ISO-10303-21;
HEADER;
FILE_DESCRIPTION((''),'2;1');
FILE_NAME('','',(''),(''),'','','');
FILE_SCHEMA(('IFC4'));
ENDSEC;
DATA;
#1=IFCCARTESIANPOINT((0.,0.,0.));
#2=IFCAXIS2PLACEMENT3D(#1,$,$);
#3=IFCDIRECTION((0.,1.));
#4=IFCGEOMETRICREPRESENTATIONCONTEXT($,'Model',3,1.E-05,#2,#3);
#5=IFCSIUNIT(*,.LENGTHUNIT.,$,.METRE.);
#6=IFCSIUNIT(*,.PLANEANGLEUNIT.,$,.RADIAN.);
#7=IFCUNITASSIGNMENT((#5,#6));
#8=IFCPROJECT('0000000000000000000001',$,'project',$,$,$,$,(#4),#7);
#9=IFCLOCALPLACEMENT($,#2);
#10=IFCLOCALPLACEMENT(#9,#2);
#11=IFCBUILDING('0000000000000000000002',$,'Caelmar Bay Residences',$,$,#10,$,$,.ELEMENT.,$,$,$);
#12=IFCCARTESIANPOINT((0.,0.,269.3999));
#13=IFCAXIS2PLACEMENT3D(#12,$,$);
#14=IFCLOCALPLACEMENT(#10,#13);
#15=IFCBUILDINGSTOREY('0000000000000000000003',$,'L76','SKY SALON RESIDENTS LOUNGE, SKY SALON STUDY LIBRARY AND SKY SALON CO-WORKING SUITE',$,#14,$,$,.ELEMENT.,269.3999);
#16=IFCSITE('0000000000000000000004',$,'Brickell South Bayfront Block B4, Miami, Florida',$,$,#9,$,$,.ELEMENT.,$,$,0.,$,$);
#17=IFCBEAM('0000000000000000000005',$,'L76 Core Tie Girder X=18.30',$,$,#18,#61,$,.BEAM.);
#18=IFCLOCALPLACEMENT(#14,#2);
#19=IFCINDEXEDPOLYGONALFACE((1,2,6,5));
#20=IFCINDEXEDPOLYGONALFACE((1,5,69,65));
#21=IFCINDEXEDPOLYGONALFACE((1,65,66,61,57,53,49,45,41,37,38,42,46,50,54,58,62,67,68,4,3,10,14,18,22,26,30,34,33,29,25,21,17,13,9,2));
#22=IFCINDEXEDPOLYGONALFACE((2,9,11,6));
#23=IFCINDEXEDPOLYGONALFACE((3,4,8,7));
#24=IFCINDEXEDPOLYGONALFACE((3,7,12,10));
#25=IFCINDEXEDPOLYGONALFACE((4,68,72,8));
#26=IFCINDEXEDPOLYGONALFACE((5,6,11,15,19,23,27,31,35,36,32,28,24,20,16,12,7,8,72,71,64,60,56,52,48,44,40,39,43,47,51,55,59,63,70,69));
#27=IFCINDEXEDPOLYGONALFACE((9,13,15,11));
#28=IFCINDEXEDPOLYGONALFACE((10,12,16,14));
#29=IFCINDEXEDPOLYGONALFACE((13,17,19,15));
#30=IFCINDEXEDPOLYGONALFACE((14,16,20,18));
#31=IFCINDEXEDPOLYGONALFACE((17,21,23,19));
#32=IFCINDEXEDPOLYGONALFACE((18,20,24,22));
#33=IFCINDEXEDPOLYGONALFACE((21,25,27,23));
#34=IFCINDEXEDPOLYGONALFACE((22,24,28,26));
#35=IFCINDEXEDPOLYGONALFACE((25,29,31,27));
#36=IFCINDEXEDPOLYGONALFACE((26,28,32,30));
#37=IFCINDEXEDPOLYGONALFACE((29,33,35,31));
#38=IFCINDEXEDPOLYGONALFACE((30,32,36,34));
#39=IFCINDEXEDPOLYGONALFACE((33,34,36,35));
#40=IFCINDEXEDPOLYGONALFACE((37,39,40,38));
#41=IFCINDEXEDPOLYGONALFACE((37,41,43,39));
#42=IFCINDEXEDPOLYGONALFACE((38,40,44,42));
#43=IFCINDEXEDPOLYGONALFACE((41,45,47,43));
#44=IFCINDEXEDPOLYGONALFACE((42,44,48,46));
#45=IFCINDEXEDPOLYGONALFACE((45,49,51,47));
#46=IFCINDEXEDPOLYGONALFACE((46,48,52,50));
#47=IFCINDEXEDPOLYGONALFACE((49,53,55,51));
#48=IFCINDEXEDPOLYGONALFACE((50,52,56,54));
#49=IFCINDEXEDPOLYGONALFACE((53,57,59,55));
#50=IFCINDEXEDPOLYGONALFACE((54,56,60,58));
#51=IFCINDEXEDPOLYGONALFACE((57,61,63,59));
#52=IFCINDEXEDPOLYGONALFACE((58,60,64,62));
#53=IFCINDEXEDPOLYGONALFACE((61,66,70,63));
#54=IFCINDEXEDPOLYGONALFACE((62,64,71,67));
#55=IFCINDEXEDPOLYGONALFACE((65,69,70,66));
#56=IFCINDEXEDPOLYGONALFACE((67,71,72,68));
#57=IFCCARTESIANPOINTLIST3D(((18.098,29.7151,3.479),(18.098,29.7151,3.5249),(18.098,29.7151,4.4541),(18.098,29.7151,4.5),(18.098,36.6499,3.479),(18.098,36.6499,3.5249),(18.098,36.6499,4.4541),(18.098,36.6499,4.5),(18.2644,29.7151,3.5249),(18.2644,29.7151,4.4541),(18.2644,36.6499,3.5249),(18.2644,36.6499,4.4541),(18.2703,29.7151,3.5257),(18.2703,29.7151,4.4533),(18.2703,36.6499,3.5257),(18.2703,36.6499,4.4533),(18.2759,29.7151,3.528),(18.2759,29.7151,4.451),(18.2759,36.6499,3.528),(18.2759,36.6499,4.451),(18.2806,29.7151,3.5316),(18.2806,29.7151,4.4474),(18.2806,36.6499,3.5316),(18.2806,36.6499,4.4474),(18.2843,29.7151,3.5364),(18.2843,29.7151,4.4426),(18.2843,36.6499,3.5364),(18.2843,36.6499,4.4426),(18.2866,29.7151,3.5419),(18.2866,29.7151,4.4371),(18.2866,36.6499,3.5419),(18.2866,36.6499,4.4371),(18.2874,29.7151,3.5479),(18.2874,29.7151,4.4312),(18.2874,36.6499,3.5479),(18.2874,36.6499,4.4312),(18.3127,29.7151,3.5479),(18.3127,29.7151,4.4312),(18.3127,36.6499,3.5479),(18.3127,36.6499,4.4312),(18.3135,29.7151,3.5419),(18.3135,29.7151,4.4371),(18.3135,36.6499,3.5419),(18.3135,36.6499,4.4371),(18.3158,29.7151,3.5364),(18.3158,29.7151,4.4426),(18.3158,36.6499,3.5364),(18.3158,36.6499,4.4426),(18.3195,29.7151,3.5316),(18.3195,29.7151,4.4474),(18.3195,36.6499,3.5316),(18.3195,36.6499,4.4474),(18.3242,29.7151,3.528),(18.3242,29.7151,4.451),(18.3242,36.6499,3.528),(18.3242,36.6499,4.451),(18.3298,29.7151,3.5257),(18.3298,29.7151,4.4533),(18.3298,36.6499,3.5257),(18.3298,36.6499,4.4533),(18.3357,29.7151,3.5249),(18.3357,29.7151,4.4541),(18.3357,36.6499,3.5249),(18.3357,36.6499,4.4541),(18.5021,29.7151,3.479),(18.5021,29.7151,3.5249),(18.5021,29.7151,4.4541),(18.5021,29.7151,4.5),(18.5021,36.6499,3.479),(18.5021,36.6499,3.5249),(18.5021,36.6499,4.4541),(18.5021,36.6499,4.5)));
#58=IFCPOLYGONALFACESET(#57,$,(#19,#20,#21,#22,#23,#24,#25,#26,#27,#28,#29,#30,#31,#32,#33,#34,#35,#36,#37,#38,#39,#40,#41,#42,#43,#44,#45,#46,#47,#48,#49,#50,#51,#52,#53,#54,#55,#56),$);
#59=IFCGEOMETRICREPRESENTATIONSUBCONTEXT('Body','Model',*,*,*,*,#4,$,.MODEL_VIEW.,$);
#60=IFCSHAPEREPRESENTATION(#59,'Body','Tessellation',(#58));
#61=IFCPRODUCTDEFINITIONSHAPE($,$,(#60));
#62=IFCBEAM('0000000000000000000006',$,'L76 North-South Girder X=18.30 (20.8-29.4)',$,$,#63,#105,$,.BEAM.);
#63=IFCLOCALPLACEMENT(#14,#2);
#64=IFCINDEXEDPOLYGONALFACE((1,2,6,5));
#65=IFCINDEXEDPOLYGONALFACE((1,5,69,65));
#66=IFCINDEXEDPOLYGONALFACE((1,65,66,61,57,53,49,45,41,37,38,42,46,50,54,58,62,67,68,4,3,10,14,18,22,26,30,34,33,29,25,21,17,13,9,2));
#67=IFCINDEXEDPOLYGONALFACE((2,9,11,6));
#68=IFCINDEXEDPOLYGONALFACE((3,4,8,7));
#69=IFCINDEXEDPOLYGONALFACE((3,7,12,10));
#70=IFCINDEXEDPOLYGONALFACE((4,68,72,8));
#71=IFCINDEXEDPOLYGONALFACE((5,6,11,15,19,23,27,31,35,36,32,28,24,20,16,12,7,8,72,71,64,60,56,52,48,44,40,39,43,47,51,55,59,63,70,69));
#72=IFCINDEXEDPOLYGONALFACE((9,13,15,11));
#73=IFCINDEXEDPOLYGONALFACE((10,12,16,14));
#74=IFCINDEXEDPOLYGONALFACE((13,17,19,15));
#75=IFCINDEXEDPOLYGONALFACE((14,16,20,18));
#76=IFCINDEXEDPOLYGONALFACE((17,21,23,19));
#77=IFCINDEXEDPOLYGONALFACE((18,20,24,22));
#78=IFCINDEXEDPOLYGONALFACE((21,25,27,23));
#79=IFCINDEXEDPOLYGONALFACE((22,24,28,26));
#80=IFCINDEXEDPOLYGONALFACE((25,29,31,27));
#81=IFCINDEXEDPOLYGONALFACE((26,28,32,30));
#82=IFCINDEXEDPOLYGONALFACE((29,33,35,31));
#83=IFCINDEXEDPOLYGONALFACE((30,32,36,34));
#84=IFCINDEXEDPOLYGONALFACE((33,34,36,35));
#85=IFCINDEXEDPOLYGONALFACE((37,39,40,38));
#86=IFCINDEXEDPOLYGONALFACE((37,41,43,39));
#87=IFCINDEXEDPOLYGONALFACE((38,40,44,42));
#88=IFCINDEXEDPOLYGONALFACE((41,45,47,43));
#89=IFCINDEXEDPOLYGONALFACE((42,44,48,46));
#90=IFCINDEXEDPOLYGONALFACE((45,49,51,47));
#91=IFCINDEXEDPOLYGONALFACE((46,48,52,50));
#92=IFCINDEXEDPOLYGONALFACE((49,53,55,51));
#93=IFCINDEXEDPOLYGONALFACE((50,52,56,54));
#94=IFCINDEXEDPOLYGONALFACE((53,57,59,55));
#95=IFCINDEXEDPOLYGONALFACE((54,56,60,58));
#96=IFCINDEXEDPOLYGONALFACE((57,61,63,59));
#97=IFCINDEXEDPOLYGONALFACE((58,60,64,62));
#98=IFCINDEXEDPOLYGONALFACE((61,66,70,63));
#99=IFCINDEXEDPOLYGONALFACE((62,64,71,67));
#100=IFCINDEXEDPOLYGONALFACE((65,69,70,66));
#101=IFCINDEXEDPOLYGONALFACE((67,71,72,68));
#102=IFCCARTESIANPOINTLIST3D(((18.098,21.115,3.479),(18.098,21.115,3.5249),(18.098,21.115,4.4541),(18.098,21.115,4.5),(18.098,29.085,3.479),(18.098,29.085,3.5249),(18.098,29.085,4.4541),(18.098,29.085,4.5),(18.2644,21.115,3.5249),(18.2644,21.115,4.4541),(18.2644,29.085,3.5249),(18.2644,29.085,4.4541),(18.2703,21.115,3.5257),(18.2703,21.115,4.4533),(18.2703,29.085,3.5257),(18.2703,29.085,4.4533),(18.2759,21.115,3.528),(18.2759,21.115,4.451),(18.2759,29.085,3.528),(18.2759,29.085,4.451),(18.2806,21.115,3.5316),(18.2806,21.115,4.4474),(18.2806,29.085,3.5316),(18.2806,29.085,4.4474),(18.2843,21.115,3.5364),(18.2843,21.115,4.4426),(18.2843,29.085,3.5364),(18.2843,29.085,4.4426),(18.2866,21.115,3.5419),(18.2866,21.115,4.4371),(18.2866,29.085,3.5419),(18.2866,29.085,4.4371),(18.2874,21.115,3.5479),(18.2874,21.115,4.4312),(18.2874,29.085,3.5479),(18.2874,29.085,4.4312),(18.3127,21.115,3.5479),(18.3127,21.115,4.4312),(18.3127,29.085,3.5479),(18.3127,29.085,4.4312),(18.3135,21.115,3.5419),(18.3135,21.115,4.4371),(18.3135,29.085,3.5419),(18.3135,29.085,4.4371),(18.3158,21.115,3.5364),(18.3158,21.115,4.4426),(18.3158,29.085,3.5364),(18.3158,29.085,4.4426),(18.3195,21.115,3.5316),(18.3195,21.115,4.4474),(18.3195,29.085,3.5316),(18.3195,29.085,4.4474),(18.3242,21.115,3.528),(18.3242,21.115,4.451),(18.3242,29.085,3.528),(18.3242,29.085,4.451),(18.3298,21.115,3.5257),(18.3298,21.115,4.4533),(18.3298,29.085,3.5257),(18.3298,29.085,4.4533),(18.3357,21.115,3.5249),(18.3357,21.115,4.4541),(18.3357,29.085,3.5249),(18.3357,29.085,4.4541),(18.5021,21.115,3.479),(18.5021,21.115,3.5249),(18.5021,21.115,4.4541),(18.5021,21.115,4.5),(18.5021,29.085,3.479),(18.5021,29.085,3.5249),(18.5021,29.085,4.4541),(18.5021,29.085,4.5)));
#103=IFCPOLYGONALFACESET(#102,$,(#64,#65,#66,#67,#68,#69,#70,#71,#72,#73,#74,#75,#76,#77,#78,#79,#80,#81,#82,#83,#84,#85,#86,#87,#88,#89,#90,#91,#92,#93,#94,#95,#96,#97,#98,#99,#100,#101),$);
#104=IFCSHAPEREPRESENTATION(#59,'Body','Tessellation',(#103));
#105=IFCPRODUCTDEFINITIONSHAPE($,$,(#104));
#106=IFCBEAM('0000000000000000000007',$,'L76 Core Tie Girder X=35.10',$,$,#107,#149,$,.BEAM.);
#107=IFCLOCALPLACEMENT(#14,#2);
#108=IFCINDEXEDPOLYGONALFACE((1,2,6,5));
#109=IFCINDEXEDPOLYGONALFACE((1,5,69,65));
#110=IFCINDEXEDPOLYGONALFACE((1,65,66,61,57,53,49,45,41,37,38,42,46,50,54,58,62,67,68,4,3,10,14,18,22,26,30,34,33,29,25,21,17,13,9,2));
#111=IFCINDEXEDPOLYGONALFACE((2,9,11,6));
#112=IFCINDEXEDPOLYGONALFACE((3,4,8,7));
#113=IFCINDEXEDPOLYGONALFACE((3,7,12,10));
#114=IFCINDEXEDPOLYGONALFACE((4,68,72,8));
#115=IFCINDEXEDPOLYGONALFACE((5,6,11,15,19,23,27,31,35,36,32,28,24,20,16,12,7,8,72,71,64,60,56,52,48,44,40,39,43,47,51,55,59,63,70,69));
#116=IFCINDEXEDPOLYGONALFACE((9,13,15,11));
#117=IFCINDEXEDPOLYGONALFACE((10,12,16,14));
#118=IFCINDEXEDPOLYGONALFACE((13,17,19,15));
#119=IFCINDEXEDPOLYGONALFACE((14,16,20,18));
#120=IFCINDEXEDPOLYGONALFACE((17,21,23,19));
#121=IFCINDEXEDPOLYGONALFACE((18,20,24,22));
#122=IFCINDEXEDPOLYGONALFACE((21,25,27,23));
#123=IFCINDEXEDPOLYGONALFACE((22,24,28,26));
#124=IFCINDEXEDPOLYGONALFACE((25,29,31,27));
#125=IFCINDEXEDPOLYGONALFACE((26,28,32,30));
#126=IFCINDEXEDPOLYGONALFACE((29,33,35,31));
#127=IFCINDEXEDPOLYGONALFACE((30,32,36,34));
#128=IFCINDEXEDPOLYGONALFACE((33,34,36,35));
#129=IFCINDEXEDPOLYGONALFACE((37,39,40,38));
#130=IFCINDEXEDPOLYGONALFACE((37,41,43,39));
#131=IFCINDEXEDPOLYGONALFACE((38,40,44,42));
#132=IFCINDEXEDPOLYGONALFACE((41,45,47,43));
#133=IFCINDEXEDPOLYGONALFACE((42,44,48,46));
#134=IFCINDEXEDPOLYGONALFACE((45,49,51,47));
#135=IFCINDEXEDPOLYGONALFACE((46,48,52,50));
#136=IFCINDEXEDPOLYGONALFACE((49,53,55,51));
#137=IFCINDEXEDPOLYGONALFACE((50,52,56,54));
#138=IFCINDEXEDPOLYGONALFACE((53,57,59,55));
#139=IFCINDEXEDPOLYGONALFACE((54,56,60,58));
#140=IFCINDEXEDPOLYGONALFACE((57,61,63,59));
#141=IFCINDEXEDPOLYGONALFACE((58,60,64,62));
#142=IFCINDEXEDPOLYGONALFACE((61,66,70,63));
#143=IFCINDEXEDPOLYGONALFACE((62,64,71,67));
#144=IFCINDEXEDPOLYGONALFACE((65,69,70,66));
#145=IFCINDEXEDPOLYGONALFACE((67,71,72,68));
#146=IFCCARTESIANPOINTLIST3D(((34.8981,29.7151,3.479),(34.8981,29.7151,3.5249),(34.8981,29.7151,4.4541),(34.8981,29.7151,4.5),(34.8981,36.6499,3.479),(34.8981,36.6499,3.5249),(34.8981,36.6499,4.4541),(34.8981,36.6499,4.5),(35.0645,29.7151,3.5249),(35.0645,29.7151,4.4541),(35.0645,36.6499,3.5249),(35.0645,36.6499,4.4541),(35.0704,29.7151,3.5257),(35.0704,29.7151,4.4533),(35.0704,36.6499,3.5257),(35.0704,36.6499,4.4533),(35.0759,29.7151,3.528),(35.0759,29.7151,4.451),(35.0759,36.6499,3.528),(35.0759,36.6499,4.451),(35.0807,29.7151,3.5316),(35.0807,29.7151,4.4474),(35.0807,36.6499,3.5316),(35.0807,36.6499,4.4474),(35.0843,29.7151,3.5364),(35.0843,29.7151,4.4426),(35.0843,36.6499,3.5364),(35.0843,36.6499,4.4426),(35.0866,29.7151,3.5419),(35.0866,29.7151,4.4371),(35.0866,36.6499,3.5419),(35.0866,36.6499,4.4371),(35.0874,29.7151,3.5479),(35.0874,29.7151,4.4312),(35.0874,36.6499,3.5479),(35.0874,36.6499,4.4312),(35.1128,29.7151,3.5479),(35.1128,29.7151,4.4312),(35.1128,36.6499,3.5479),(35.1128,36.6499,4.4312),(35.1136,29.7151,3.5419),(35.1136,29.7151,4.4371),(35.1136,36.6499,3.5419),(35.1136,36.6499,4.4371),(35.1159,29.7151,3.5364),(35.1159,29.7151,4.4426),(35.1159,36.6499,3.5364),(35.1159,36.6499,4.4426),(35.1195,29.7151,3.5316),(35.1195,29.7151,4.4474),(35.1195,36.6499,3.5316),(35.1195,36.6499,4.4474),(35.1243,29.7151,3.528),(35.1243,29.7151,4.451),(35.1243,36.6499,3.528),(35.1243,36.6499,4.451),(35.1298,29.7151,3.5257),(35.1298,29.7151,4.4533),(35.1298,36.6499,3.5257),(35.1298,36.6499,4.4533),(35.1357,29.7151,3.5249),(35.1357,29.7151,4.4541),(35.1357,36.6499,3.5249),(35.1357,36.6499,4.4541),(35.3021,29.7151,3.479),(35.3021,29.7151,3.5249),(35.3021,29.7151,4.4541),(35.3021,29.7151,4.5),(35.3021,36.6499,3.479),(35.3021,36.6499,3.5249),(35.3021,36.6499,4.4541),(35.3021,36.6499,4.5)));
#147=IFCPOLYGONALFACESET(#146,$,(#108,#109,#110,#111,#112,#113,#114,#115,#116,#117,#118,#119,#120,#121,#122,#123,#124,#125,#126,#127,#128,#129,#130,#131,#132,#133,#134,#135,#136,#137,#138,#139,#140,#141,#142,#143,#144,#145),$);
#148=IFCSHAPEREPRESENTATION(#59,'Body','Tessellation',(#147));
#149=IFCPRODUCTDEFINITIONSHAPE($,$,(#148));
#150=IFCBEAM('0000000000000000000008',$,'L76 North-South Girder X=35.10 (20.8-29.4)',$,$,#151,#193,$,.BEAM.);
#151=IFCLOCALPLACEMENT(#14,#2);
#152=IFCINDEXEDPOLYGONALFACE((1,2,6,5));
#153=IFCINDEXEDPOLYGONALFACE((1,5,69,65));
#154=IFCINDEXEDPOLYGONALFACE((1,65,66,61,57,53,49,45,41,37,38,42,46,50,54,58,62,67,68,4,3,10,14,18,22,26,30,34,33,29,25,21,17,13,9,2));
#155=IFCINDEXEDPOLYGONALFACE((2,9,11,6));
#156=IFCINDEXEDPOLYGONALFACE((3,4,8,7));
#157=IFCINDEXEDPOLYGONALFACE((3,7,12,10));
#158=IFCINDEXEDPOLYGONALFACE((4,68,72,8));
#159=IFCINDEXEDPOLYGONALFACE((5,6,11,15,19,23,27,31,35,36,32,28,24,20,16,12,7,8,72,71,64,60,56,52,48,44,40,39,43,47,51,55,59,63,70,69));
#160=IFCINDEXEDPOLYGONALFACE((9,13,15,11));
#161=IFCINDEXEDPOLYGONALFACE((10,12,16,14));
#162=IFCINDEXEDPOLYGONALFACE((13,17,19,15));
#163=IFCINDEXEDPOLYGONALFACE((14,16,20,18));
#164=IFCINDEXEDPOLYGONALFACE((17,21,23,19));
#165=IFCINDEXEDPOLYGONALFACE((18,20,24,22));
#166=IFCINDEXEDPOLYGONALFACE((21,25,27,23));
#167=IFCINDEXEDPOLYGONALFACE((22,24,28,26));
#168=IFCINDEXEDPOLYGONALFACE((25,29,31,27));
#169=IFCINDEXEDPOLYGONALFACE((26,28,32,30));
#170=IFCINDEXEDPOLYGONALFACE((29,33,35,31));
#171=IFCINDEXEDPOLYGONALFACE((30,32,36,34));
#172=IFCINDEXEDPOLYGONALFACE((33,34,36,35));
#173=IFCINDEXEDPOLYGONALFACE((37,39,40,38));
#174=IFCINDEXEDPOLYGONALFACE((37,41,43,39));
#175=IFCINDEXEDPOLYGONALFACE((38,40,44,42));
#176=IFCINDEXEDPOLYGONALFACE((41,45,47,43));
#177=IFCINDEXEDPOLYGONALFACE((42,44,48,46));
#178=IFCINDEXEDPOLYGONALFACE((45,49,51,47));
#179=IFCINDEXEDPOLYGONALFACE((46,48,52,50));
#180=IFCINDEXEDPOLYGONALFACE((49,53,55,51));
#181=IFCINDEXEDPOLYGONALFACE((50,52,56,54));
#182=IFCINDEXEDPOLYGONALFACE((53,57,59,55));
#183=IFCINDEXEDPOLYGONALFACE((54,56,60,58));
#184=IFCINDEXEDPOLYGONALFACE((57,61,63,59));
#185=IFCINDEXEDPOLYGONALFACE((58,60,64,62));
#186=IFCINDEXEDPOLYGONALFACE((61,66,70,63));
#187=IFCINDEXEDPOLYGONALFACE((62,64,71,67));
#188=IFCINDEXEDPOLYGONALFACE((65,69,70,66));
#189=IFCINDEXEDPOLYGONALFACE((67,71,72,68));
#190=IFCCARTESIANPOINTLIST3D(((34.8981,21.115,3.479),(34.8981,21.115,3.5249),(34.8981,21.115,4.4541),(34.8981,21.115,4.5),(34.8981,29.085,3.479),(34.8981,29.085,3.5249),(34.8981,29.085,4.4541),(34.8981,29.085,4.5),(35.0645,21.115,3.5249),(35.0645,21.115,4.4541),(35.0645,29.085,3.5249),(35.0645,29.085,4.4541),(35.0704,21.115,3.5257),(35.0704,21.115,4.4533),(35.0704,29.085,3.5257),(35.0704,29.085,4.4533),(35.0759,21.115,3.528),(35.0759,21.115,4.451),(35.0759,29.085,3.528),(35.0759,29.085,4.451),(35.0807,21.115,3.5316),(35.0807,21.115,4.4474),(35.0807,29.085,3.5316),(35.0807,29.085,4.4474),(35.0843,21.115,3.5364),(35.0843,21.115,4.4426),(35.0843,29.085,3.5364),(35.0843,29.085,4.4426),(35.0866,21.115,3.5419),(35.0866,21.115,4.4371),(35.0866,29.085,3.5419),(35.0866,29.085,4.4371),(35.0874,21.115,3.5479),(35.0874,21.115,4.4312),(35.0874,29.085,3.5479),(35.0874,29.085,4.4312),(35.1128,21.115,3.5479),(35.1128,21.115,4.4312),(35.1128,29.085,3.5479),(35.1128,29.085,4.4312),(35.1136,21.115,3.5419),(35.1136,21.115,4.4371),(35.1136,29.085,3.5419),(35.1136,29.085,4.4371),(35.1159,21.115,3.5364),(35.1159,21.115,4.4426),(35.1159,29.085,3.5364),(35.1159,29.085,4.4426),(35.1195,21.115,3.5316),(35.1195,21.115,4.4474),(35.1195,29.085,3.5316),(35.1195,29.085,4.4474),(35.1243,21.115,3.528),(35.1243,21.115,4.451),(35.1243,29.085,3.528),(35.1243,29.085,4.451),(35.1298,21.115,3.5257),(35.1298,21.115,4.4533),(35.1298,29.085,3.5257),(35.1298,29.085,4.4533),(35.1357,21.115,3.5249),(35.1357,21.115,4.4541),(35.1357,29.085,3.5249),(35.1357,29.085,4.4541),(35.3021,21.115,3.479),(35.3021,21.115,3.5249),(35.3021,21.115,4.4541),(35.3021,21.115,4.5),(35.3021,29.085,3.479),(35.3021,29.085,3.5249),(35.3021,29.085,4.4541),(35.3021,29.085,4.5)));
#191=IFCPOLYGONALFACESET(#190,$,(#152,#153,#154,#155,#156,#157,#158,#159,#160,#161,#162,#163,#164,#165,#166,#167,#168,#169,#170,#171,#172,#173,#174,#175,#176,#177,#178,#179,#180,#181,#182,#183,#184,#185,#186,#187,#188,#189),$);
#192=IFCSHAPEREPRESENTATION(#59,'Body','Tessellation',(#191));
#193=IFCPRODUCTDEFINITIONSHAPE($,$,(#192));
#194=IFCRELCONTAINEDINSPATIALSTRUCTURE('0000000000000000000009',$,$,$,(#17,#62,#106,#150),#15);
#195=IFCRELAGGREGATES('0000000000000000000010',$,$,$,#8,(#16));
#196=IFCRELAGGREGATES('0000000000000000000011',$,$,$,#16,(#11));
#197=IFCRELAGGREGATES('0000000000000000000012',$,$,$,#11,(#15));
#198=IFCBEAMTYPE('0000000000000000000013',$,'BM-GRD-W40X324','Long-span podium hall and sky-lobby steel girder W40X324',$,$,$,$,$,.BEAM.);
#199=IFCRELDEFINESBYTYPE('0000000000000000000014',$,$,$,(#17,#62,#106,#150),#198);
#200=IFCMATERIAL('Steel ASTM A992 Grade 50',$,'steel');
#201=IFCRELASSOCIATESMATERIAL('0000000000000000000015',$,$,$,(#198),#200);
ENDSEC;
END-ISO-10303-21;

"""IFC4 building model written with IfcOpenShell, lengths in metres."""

from ifc_helpers import new_model, si_unit, direction, frame, origin, origin_2d, place, context, subcontext, project, spatial, i_section, extrude, material, material_profile, profile_set, type_object, element, save


model = new_model("IFC4")

# Units and contexts
model_context = context("Model", 3, precision=1e-05, world=origin(), true_north=direction((0.0, 1.0)))
body_context = subcontext(model_context, "Body", "Model", "MODEL_VIEW")
ifc_project = project(units=[si_unit("LENGTHUNIT", "METRE"), si_unit("PLANEANGLEUNIT", "RADIAN")], contexts=[model_context])

# Site, building, storey
site_placement = place(None, origin())
site = spatial("IfcSite", under=ifc_project, at=site_placement, Name="Brickell South Bayfront Block B4, Miami, Florida", CompositionType="ELEMENT", RefElevation=0.0)
building_placement = place(site_placement, origin())
building = spatial("IfcBuilding", under=site, at=building_placement, Name="Caelmar Bay Residences", CompositionType="ELEMENT")
storey_placement = place(building_placement, frame((0.0, 0.0, 269.3999)))
storey = spatial("IfcBuildingStorey", under=building, at=storey_placement, Name="L76", Description="SKY SALON RESIDENTS LOUNGE, SKY SALON STUDY LIBRARY AND SKY SALON CO-WORKING SUITE", CompositionType="ELEMENT", Elevation=269.3999)

# Beams
ifc_material_1 = material(Name="Steel ASTM A992 Grade 50", Category="steel")
ifc_material_profile_1 = material_profile(ifc_material_1, i_section(OverallWidth=0.4041, OverallDepth=1.021, WebThickness=0.0254, FlangeThickness=0.0459, FilletRadius=0.0229, at=origin_2d()), Name="W40X324")
ifc_profile_set_1 = profile_set([ifc_material_profile_1], Name="Steel ASTM A992 Grade 50")
beam_type_1 = type_object("IfcBeamType", Name="BM-GRD-W40X324", Description="Long-span podium hall and sky-lobby steel girder W40X324", PredefinedType="BEAM", material=ifc_profile_set_1)
beam_1_placement = place(storey_placement, frame((18.3, 29.7151, 3.9895), z_axis=(0.0, 1.0, 0.0), x_axis=(-1.0, 0.0, 0.0)))
element("IfcBeam", 1, at=beam_1_placement, inside=storey, type_object=beam_type_1, Name="L76 Core Tie Girder X=18.30", PredefinedType="BEAM", context=body_context, shape_type="SweptSolid", body=[
    extrude(i_section(OverallWidth=0.4041, OverallDepth=1.021, WebThickness=0.0254, FlangeThickness=0.0459, FilletRadius=0.0229, at=origin_2d()), origin(), (0.0, 0.0, 1.0), 6.9348),
])
beam_2_placement = place(storey_placement, frame((18.3, 21.115, 3.9895), z_axis=(0.0, 1.0, 0.0), x_axis=(-1.0, 0.0, 0.0)))
element("IfcBeam", 2, at=beam_2_placement, inside=storey, type_object=beam_type_1, Name="L76 North-South Girder X=18.30 (20.8-29.4)", PredefinedType="BEAM", context=body_context, shape_type="SweptSolid", body=[
    extrude(i_section(OverallWidth=0.4041, OverallDepth=1.021, WebThickness=0.0254, FlangeThickness=0.0459, FilletRadius=0.0229, at=origin_2d()), origin(), (0.0, 0.0, 1.0), 7.97),
])
beam_3_placement = place(storey_placement, frame((35.1001, 29.7151, 3.9895), z_axis=(0.0, 1.0, 0.0), x_axis=(-1.0, 0.0, 0.0)))
element("IfcBeam", 3, at=beam_3_placement, inside=storey, type_object=beam_type_1, Name="L76 Core Tie Girder X=35.10", PredefinedType="BEAM", context=body_context, shape_type="SweptSolid", body=[
    extrude(i_section(OverallWidth=0.4041, OverallDepth=1.021, WebThickness=0.0254, FlangeThickness=0.0459, FilletRadius=0.0229, at=origin_2d()), origin(), (0.0, 0.0, 1.0), 6.9348),
])
beam_4_placement = place(storey_placement, frame((35.1001, 21.115, 3.9895), z_axis=(0.0, 1.0, 0.0), x_axis=(-1.0, 0.0, 0.0)))
element("IfcBeam", 4, at=beam_4_placement, inside=storey, type_object=beam_type_1, Name="L76 North-South Girder X=35.10 (20.8-29.4)", PredefinedType="BEAM", context=body_context, shape_type="SweptSolid", body=[
    extrude(i_section(OverallWidth=0.4041, OverallDepth=1.021, WebThickness=0.0254, FlangeThickness=0.0459, FilletRadius=0.0229, at=origin_2d()), origin(), (0.0, 0.0, 1.0), 7.97),
])

save(model, "model.ifc")
